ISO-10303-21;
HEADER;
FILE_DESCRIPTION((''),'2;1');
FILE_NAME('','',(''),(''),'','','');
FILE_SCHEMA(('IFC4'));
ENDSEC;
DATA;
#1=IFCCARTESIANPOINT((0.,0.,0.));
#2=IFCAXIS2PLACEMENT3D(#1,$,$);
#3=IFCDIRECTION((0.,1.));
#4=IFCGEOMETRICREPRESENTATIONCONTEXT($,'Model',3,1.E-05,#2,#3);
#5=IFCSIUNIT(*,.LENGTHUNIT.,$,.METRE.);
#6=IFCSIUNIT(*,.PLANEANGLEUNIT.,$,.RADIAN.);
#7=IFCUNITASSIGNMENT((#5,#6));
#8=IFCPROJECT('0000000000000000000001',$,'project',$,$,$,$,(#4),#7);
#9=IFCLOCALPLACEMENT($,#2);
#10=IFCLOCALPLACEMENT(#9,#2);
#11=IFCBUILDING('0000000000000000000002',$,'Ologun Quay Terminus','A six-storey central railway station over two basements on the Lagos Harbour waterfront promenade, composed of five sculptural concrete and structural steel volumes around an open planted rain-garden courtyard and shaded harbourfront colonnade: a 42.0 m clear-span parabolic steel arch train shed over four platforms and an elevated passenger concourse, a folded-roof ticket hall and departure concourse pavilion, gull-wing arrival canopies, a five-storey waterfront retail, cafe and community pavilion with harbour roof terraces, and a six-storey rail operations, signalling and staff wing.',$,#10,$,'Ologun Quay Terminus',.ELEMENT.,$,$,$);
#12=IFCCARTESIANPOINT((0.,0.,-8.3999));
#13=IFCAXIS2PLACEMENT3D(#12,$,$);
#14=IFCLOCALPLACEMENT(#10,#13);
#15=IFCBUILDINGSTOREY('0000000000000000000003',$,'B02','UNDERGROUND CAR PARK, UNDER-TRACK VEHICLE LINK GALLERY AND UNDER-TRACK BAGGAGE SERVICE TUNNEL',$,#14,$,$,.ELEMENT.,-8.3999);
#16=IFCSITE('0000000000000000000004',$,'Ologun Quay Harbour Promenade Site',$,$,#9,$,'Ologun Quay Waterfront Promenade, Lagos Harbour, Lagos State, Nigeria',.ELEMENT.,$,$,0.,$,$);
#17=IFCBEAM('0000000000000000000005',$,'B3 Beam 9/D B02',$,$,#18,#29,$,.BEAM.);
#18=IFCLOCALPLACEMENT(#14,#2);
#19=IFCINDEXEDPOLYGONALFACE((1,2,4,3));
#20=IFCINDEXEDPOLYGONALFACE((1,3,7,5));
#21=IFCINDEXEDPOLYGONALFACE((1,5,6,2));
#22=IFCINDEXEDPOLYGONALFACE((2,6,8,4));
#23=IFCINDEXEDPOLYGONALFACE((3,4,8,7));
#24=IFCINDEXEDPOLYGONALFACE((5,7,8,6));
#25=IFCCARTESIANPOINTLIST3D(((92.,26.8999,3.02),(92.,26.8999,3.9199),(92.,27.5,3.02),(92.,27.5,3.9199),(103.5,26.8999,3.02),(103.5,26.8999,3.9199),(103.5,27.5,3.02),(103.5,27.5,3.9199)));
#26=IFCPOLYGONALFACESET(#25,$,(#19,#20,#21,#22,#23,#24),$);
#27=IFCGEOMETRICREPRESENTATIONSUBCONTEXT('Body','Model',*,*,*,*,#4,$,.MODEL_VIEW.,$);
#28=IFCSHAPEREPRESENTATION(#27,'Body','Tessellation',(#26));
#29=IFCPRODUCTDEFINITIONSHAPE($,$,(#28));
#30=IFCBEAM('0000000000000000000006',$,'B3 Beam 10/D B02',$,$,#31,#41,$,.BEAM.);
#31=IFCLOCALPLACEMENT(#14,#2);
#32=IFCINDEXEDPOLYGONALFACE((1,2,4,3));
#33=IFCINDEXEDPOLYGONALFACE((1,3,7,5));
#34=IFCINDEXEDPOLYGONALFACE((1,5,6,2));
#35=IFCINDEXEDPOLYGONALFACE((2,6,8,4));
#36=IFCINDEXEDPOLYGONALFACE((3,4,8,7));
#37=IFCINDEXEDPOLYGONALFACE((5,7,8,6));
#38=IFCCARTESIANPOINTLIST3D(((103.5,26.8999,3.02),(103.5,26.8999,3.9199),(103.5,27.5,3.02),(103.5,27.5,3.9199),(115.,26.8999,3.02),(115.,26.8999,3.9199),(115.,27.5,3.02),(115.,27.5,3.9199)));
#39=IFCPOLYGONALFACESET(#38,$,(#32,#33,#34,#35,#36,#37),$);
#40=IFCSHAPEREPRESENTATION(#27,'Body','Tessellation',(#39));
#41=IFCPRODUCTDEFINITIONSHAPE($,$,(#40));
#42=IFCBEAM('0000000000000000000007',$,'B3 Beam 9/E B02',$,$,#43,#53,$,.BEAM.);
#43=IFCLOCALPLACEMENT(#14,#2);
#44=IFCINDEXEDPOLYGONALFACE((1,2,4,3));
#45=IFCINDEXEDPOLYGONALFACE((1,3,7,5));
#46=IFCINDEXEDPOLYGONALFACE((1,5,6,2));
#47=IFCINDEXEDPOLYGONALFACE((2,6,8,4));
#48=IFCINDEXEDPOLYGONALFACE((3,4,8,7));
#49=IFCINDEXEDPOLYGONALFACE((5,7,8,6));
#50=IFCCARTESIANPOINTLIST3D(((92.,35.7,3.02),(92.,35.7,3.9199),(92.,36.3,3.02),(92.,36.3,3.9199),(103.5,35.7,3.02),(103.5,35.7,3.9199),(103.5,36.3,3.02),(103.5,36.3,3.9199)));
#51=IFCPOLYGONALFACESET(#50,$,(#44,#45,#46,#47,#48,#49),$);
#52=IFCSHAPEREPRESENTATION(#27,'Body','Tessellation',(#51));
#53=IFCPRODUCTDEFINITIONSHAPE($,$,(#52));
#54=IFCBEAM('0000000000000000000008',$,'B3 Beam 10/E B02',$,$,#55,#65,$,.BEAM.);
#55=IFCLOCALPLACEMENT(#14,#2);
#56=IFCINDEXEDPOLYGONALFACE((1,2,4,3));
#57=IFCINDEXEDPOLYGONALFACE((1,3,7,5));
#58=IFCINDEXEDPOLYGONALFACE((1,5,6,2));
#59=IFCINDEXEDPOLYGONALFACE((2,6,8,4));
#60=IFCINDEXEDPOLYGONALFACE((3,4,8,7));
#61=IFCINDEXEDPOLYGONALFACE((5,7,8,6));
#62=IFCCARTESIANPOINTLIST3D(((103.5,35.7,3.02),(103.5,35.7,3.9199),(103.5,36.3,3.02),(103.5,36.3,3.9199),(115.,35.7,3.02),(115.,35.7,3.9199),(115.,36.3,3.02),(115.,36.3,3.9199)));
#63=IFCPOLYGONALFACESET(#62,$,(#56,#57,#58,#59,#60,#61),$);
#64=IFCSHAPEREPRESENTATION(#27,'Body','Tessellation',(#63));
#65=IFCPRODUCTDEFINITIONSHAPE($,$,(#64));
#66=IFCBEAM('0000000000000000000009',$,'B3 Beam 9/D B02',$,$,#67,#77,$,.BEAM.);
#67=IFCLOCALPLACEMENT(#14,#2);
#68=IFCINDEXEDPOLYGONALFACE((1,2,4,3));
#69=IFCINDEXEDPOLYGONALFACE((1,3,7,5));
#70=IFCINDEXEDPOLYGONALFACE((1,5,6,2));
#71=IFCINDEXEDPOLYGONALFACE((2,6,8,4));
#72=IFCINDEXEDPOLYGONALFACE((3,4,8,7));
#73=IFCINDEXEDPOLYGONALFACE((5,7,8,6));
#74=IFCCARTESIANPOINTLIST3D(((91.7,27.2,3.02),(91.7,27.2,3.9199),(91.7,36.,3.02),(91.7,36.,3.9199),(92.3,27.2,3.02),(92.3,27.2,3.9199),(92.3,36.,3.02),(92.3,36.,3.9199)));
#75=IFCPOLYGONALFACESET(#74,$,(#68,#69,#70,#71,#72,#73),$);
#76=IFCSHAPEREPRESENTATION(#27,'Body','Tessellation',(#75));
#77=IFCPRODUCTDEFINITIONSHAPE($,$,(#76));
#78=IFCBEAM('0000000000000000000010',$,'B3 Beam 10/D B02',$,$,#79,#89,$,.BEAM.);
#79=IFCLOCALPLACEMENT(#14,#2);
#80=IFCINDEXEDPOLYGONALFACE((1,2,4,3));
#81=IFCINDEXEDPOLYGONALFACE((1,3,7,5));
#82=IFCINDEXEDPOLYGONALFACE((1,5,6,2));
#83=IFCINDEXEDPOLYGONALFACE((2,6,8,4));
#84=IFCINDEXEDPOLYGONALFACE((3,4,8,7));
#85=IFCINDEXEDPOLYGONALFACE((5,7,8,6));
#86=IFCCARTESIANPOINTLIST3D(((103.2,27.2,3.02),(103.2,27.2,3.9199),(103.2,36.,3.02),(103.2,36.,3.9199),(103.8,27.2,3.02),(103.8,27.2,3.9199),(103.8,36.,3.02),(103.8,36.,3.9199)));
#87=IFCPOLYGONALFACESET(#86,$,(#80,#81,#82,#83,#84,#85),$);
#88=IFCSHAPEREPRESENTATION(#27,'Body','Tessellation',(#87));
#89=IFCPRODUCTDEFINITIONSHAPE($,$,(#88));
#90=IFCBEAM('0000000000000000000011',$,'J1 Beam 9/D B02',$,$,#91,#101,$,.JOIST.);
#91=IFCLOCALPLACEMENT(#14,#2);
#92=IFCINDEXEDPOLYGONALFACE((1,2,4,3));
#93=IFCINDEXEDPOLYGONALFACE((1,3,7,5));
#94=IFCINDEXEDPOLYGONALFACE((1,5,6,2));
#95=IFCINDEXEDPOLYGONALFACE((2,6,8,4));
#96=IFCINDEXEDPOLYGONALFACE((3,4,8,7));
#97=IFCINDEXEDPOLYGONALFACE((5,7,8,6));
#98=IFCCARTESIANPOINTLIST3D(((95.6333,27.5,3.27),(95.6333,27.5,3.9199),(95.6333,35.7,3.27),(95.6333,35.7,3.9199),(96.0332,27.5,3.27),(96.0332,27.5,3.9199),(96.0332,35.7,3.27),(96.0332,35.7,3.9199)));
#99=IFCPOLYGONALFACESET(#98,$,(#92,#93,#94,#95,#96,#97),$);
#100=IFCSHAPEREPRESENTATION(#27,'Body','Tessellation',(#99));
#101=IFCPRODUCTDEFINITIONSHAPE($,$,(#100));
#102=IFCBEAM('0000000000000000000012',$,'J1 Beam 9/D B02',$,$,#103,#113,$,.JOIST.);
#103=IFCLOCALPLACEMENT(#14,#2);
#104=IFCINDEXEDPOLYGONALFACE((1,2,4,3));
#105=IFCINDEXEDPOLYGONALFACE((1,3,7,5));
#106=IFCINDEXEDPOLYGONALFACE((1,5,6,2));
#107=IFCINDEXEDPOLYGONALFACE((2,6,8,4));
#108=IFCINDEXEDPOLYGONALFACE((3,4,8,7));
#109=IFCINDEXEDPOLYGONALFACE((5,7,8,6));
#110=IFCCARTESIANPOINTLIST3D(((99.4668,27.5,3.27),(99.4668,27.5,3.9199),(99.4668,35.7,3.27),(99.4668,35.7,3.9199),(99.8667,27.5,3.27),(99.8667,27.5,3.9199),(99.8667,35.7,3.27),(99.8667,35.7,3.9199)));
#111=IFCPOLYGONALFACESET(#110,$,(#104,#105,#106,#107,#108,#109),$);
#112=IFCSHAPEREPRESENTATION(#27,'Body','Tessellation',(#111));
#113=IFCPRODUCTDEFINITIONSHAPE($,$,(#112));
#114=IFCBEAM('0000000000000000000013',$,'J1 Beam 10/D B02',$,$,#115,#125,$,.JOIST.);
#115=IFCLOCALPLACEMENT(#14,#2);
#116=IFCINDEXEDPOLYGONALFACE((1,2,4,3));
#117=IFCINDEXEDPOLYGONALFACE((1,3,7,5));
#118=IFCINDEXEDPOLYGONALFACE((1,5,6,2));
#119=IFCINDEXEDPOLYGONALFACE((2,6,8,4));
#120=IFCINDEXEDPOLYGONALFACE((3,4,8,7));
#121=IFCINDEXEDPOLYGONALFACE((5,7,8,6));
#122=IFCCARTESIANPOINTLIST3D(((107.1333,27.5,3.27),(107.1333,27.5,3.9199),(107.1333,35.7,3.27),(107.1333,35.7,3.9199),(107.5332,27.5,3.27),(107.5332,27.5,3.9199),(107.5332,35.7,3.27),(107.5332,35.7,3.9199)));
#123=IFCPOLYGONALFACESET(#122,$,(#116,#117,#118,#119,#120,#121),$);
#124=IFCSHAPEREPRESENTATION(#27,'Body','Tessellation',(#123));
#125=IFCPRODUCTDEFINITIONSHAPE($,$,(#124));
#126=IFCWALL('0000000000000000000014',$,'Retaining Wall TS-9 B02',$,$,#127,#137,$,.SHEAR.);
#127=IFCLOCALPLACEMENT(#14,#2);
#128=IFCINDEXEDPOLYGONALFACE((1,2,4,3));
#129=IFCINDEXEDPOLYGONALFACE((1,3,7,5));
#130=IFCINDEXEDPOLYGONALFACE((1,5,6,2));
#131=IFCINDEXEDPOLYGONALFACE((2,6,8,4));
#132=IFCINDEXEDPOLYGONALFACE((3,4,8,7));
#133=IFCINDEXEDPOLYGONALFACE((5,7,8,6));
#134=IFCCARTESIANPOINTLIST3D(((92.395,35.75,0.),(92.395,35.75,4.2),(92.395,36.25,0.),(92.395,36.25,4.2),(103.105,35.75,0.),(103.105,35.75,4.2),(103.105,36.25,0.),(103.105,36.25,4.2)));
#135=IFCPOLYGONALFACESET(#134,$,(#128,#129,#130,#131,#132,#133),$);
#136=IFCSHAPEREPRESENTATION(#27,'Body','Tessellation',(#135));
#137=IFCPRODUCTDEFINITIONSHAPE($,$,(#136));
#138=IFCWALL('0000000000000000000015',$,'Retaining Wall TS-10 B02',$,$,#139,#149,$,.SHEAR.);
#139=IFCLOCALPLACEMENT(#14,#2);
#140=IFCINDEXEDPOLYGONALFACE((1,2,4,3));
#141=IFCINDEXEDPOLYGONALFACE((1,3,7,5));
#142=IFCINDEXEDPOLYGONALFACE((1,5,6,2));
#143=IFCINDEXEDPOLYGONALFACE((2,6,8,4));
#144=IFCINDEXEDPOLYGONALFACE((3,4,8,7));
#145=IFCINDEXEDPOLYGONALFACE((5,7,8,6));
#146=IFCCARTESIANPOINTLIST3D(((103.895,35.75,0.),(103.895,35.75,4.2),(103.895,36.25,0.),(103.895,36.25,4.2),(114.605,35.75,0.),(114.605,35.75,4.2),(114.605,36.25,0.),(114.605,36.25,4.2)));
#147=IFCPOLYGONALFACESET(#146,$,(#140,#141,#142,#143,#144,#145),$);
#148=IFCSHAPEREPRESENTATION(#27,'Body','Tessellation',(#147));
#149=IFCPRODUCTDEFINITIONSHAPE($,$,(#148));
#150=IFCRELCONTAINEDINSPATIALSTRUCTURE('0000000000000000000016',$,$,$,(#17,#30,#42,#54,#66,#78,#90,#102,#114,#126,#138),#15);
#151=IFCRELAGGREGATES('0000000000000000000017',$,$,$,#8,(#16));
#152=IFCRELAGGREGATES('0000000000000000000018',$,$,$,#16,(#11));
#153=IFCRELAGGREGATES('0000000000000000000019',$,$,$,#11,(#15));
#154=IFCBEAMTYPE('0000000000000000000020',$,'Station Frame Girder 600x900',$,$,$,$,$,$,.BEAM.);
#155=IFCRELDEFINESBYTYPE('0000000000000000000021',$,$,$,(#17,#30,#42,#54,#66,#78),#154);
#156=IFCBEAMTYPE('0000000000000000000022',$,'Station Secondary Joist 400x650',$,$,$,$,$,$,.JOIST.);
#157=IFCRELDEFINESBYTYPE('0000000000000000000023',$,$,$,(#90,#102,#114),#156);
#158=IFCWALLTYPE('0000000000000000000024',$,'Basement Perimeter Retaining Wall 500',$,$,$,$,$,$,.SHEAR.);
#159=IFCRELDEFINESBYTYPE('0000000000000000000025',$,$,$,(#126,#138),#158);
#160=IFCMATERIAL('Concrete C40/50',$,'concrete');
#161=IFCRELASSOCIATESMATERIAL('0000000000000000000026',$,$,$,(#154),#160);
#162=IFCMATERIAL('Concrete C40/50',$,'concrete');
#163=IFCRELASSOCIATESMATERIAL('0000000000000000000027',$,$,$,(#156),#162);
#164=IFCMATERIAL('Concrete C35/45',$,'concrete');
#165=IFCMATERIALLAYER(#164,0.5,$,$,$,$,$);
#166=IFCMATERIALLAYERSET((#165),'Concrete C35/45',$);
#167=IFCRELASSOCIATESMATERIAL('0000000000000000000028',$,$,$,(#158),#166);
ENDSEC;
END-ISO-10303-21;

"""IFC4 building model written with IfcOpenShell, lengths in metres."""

from ifc_helpers import new_model, si_unit, direction, frame, frame_2d, origin, origin_2d, place, context, subcontext, project, spatial, rectangle, extrude, material, layer, layer_set, material_profile, profile_set, type_object, element, save


model = new_model("IFC4")

# Units and contexts
model_context = context("Model", 3, precision=1e-05, world=origin(), true_north=direction((0.0, 1.0)))
body_context = subcontext(model_context, "Body", "Model", "MODEL_VIEW")
ifc_project = project(units=[si_unit("LENGTHUNIT", "METRE"), si_unit("PLANEANGLEUNIT", "RADIAN")], contexts=[model_context])

# Site, building, storey
site_placement = place(None, origin())
site = spatial("IfcSite", under=ifc_project, at=site_placement, Name="Ologun Quay Harbour Promenade Site", LongName="Ologun Quay Waterfront Promenade, Lagos Harbour, Lagos State, Nigeria", CompositionType="ELEMENT", RefElevation=0.0)
building_placement = place(site_placement, origin())
building = spatial("IfcBuilding", under=site, at=building_placement, Name="Ologun Quay Terminus", Description="A six-storey central railway station over two basements on the Lagos Harbour waterfront promenade, composed of five sculptural concrete and structural steel volumes around an open planted rain-garden courtyard and shaded harbourfront colonnade: a 42.0 m clear-span parabolic steel arch train shed over four platforms and an elevated passenger concourse, a folded-roof ticket hall and departure concourse pavilion, gull-wing arrival canopies, a five-storey waterfront retail, cafe and community pavilion with harbour roof terraces, and a six-storey rail operations, signalling and staff wing.", LongName="Ologun Quay Terminus", CompositionType="ELEMENT")
storey_placement = place(building_placement, frame((0.0, 0.0, -8.3999)))
storey = spatial("IfcBuildingStorey", under=building, at=storey_placement, Name="B02", Description="UNDERGROUND CAR PARK, UNDER-TRACK VEHICLE LINK GALLERY AND UNDER-TRACK BAGGAGE SERVICE TUNNEL", CompositionType="ELEMENT", Elevation=-8.3999)

# Beams
ifc_material_1 = material(Name="Concrete C40/50", Category="concrete")
ifc_material_profile_1 = material_profile(ifc_material_1, rectangle(XDim=0.6001, YDim=0.8999, at=origin_2d()), Name="RC 600x900")
ifc_profile_set_1 = profile_set([ifc_material_profile_1], Name="Concrete C40/50")
beam_type_1 = type_object("IfcBeamType", Name="Station Frame Girder 600x900", PredefinedType="BEAM", material=ifc_profile_set_1)
for number, where, z_axis, x_axis, name in (
    (1, (92.0, 27.2, 3.47), (1.0, 0.0, 0.0), (0.0, 1.0, 0.0), "B3 Beam 9/D B02"),
    (2, (103.5, 27.2, 3.47), (1.0, 0.0, 0.0), (0.0, 1.0, 0.0), "B3 Beam 10/D B02"),
    (3, (92.0, 36.0, 3.47), (1.0, 0.0, 0.0), (0.0, 1.0, 0.0), "B3 Beam 9/E B02"),
    (4, (103.5, 36.0, 3.47), (1.0, 0.0, 0.0), (0.0, 1.0, 0.0), "B3 Beam 10/E B02"),
):
    element("IfcBeam", number, at=place(storey_placement, frame(where, z_axis=z_axis, x_axis=x_axis)), inside=storey, type_object=beam_type_1, Name=name, PredefinedType="BEAM", context=body_context, shape_type="SweptSolid", body=[
        extrude(rectangle(XDim=0.6001, YDim=0.8999, at=origin_2d()), origin(), (0.0, 0.0, 1.0), 11.5),
    ])
for number, where, z_axis, x_axis, name in (
    (5, (92.0, 27.2, 3.47), (0.0, 1.0, 0.0), (-1.0, 0.0, 0.0), "B3 Beam 9/D B02"),
    (6, (103.5, 27.2, 3.47), (0.0, 1.0, 0.0), (-1.0, 0.0, 0.0), "B3 Beam 10/D B02"),
):
    element("IfcBeam", number, at=place(storey_placement, frame(where, z_axis=z_axis, x_axis=x_axis)), inside=storey, type_object=beam_type_1, Name=name, PredefinedType="BEAM", context=body_context, shape_type="SweptSolid", body=[
        extrude(rectangle(XDim=0.6001, YDim=0.8999, at=origin_2d()), origin(), (0.0, 0.0, 1.0), 8.8),
    ])
ifc_material_2 = material(Name="Concrete C40/50", Category="concrete")
ifc_material_profile_2 = material_profile(ifc_material_2, rectangle(XDim=0.3999, YDim=0.6499, at=origin_2d()), Name="RC 400x650")
ifc_profile_set_2 = profile_set([ifc_material_profile_2], Name="Concrete C40/50")
beam_type_2 = type_object("IfcBeamType", Name="Station Secondary Joist 400x650", PredefinedType="JOIST", material=ifc_profile_set_2)
for number, where, z_axis, x_axis, name in (
    (7, (95.8333, 27.5, 3.595), (0.0, 1.0, 0.0), (-1.0, 0.0, 0.0), "J1 Beam 9/D B02"),
    (8, (99.6667, 27.5, 3.595), (0.0, 1.0, 0.0), (-1.0, 0.0, 0.0), "J1 Beam 9/D B02"),
    (9, (107.3333, 27.5, 3.595), (0.0, 1.0, 0.0), (-1.0, 0.0, 0.0), "J1 Beam 10/D B02"),
):
    element("IfcBeam", number, at=place(storey_placement, frame(where, z_axis=z_axis, x_axis=x_axis)), inside=storey, type_object=beam_type_2, Name=name, PredefinedType="JOIST", context=body_context, shape_type="SweptSolid", body=[
        extrude(rectangle(XDim=0.3999, YDim=0.6499, at=origin_2d()), origin(), (0.0, 0.0, 1.0), 8.2),
    ])

# Walls
ifc_material_3 = material(Name="Concrete C35/45", Category="concrete")
ifc_layer = layer(ifc_material_3, 0.5)
ifc_layer_set = layer_set([ifc_layer], Name="Concrete C35/45")
wall_type = type_object("IfcWallType", Name="Basement Perimeter Retaining Wall 500", PredefinedType="SHEAR", material=ifc_layer_set)
for number, where, z_axis, x_axis, name in (
    (10, (92.395, 36.0, 0.0), (0.0, 0.0, 1.0), (1.0, 0.0, 0.0), "Retaining Wall TS-9 B02"),
    (11, (103.895, 36.0, 0.0), (0.0, 0.0, 1.0), (1.0, 0.0, 0.0), "Retaining Wall TS-10 B02"),
):
    element("IfcWall", number, at=place(storey_placement, frame(where, z_axis=z_axis, x_axis=x_axis)), inside=storey, type_object=wall_type, Name=name, PredefinedType="SHEAR", context=body_context, shape_type="SweptSolid", body=[
        extrude(rectangle(XDim=10.71, YDim=0.5, at=frame_2d((5.355, 0.0))), origin(), (0.0, 0.0, 1.0), 4.2),
    ])

save(model, "model.ifc")
